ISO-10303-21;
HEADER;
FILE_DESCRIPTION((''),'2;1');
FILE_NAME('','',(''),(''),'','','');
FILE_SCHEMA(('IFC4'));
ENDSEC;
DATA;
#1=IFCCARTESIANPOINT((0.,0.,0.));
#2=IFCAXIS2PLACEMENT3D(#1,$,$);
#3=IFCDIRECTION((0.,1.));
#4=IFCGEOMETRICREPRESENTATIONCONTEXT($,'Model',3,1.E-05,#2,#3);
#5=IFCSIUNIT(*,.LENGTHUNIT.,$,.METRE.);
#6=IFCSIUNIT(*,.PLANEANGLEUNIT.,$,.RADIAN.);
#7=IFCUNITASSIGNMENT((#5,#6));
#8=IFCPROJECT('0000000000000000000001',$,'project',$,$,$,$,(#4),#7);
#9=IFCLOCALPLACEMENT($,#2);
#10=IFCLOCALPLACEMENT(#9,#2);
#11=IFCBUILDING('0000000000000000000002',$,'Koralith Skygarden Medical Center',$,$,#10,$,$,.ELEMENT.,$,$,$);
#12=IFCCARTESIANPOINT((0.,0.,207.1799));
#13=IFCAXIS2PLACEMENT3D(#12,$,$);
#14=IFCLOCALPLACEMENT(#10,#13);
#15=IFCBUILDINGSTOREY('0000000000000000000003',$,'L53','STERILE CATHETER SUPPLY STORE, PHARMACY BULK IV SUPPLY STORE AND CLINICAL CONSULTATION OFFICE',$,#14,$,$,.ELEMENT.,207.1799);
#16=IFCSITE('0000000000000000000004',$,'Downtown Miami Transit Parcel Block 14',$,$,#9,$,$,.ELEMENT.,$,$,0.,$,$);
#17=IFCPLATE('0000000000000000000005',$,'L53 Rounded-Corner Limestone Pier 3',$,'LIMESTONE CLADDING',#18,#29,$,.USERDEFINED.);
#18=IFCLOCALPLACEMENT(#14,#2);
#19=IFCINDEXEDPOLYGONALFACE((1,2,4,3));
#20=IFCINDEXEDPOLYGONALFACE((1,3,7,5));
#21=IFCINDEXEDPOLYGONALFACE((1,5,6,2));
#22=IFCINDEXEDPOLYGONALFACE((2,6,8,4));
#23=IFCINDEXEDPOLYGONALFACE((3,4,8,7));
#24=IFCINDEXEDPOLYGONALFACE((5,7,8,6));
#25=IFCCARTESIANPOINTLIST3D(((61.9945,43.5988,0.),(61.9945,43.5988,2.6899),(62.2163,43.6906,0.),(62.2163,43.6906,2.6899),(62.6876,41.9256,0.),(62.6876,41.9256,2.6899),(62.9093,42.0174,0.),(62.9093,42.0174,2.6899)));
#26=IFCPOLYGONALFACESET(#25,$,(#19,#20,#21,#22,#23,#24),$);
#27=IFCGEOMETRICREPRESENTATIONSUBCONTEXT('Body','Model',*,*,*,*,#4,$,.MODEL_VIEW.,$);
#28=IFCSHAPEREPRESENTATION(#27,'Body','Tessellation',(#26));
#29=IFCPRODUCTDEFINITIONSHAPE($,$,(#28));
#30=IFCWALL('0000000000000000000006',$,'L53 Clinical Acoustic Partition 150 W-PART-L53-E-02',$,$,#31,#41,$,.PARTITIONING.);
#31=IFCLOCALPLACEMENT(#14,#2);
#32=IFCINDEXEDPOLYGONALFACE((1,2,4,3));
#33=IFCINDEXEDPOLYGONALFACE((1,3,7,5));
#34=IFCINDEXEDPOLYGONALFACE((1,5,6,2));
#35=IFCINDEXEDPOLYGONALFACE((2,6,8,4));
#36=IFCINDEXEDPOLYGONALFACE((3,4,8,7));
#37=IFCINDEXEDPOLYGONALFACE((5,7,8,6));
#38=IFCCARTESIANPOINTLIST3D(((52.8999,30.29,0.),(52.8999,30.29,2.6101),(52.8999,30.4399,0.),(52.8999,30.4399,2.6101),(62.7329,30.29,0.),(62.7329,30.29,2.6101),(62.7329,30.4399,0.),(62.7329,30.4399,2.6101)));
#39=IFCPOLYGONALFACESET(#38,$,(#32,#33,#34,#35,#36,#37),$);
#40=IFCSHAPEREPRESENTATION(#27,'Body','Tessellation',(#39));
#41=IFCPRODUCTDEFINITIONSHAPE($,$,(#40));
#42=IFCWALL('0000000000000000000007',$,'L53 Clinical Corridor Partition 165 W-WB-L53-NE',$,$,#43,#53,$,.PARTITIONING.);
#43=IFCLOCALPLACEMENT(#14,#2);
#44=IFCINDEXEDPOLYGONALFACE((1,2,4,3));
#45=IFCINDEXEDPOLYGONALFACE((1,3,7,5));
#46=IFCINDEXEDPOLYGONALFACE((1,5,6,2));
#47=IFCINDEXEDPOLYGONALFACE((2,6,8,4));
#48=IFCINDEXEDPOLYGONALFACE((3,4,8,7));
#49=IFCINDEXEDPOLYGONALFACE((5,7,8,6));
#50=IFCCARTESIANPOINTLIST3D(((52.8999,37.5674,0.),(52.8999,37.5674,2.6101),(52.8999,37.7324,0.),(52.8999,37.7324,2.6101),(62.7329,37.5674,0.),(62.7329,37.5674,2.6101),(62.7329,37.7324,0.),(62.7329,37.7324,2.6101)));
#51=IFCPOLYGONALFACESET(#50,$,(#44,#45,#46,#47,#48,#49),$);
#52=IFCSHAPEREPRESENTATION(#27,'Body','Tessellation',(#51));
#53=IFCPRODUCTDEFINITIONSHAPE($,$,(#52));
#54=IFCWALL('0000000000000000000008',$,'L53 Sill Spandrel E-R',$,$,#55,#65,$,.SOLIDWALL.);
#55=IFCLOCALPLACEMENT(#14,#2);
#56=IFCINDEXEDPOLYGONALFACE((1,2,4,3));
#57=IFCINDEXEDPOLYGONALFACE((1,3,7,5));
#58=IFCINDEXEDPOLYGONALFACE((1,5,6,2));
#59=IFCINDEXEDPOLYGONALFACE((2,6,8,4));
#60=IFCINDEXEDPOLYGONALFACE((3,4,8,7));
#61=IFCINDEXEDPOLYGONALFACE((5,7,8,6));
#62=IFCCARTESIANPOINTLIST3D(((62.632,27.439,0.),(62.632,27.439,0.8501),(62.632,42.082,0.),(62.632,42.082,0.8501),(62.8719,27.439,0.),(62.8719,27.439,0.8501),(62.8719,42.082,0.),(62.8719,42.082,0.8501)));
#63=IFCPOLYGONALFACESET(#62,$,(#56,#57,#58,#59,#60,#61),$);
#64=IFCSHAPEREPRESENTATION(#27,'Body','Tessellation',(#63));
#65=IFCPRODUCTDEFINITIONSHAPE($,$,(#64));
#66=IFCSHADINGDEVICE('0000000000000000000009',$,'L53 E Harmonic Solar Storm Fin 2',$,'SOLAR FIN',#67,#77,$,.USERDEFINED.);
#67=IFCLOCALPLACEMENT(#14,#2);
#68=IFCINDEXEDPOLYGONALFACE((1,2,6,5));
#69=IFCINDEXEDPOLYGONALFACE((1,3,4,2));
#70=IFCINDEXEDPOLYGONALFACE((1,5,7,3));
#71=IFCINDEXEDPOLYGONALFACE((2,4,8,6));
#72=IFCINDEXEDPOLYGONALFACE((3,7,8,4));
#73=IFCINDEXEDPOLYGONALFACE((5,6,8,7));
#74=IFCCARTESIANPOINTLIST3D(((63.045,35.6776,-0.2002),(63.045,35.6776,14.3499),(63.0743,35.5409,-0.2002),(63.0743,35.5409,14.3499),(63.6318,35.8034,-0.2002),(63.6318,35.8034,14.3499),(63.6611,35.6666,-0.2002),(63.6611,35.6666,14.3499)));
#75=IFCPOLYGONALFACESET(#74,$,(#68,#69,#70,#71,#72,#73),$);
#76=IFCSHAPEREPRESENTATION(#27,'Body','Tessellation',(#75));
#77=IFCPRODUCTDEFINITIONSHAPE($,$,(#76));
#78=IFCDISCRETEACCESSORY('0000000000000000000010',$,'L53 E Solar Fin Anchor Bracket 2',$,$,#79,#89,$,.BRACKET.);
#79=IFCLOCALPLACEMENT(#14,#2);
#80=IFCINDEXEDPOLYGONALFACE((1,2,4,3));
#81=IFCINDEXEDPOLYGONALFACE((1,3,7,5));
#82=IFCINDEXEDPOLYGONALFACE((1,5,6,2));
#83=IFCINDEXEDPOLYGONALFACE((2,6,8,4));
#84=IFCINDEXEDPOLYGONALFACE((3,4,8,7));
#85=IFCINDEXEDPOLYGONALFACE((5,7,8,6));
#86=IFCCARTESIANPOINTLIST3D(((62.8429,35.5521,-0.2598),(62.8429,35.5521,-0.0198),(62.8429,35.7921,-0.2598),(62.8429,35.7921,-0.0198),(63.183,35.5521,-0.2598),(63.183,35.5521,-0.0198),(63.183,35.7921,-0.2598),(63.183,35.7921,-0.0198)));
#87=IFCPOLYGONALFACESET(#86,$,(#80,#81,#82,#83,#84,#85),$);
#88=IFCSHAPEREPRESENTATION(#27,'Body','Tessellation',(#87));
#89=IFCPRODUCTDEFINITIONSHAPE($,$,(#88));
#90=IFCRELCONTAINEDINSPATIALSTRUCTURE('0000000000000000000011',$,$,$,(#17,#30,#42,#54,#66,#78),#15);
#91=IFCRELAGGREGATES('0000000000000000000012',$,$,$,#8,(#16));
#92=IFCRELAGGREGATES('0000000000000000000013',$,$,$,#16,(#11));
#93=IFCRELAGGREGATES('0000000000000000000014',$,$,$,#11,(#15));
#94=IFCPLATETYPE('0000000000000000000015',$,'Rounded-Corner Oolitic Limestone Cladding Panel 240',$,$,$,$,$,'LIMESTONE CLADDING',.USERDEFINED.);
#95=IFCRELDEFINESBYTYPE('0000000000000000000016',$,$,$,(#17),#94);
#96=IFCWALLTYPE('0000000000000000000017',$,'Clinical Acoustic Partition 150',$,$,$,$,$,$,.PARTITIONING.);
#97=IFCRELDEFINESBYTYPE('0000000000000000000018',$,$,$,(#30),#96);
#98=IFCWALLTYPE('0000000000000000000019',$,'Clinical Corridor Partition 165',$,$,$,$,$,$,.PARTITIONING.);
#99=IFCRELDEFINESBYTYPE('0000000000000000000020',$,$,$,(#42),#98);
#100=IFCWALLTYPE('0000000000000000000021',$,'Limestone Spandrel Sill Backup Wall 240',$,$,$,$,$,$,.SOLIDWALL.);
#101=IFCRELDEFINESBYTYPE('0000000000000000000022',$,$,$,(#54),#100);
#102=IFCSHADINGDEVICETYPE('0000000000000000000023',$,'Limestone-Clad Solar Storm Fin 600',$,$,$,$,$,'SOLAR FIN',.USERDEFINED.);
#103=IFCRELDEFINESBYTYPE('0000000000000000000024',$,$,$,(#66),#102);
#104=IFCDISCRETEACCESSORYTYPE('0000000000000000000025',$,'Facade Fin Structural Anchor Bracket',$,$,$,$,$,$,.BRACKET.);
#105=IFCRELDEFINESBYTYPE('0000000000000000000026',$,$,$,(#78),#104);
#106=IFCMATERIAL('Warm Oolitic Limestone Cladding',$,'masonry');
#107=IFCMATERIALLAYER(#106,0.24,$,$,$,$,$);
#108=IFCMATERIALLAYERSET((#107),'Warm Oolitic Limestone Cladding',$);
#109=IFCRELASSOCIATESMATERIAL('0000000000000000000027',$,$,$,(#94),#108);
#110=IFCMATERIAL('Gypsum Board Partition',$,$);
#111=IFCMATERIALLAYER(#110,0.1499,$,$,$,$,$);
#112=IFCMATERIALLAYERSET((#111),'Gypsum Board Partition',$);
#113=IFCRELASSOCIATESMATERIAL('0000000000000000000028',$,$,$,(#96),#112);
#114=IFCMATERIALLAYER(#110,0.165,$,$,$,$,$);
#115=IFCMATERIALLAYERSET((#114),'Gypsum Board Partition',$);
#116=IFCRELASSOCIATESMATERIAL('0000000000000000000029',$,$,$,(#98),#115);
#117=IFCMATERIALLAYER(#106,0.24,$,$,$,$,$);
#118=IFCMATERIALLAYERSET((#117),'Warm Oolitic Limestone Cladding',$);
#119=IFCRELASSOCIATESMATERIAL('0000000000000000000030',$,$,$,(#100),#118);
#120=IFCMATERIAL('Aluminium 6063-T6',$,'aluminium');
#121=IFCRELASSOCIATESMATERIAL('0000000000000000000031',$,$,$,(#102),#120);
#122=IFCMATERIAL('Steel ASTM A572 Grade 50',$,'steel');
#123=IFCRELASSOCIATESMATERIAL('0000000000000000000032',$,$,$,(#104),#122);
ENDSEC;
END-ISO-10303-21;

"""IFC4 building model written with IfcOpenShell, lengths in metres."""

from ifc_helpers import new_model, si_unit, direction, frame, frame_2d, origin, origin_2d, place, context, subcontext, project, spatial, rectangle, extrude, material, layer, layer_set, type_object, element, save


model = new_model("IFC4")

# Units and contexts
model_context = context("Model", 3, precision=1e-05, world=origin(), true_north=direction((0.0, 1.0)))
body_context = subcontext(model_context, "Body", "Model", "MODEL_VIEW")
ifc_project = project(units=[si_unit("LENGTHUNIT", "METRE"), si_unit("PLANEANGLEUNIT", "RADIAN")], contexts=[model_context])

# Site, building, storey
site_placement = place(None, origin())
site = spatial("IfcSite", under=ifc_project, at=site_placement, Name="Downtown Miami Transit Parcel Block 14", CompositionType="ELEMENT", RefElevation=0.0)
building_placement = place(site_placement, origin())
building = spatial("IfcBuilding", under=site, at=building_placement, Name="Koralith Skygarden Medical Center", CompositionType="ELEMENT")
storey_placement = place(building_placement, frame((0.0, 0.0, 207.1799)))
storey = spatial("IfcBuildingStorey", under=building, at=storey_placement, Name="L53", Description="STERILE CATHETER SUPPLY STORE, PHARMACY BULK IV SUPPLY STORE AND CLINICAL CONSULTATION OFFICE", CompositionType="ELEMENT", Elevation=207.1799)

# Shared definitions
ifc_material_1 = material(Name="Aluminium 6063-T6", Category="aluminium")

# Plate
ifc_material_2 = material(Name="Warm Oolitic Limestone Cladding", Category="masonry")
ifc_layer_1 = layer(ifc_material_2, 0.24)
ifc_layer_set_1 = layer_set([ifc_layer_1], Name="Warm Oolitic Limestone Cladding")
plate_type_1 = type_object("IfcPlateType", Name="Rounded-Corner Oolitic Limestone Cladding Panel 240", ElementType="LIMESTONE CLADDING", PredefinedType="USERDEFINED", material=ifc_layer_set_1)
plate_1_placement = place(storey_placement, frame((62.4519, 42.8081, 0.0), z_axis=(0.0, 0.0, 1.0), x_axis=(-0.382671, 0.923885, 0.0)))
element("IfcPlate", 1, at=plate_1_placement, inside=storey, type_object=plate_type_1, Name="L53 Rounded-Corner Limestone Pier 3", ObjectType="LIMESTONE CLADDING", PredefinedType="USERDEFINED", context=body_context, shape_type="SweptSolid", body=[
    extrude(rectangle(XDim=1.811, YDim=0.24, at=origin_2d()), origin(), (0.0, 0.0, 1.0), 2.6899),
])

# Walls
ifc_material_3 = material(Name="Gypsum Board Partition")
ifc_layer_2 = layer(ifc_material_3, 0.1499)
ifc_layer_set_2 = layer_set([ifc_layer_2], Name="Gypsum Board Partition")
wall_type_1 = type_object("IfcWallType", Name="Clinical Acoustic Partition 150", PredefinedType="PARTITIONING", material=ifc_layer_set_2)
wall_1_placement = place(storey_placement, frame((52.8999, 30.365, 0.0), z_axis=(0.0, 0.0, 1.0), x_axis=(1.0, 0.0, 0.0)))
element("IfcWall", 2, at=wall_1_placement, inside=storey, type_object=wall_type_1, Name="L53 Clinical Acoustic Partition 150 W-PART-L53-E-02", PredefinedType="PARTITIONING", context=body_context, shape_type="SweptSolid", body=[
    extrude(rectangle(XDim=9.833, YDim=0.1499, at=frame_2d((4.9165, 0.0))), origin(), (0.0, 0.0, 1.0), 2.6101),
])
ifc_layer_3 = layer(ifc_material_3, 0.165)
ifc_layer_set_3 = layer_set([ifc_layer_3], Name="Gypsum Board Partition")
wall_type_2 = type_object("IfcWallType", Name="Clinical Corridor Partition 165", PredefinedType="PARTITIONING", material=ifc_layer_set_3)
wall_2_placement = place(storey_placement, frame((52.8999, 37.6499, 0.0), z_axis=(0.0, 0.0, 1.0), x_axis=(1.0, 0.0, 0.0)))
element("IfcWall", 3, at=wall_2_placement, inside=storey, type_object=wall_type_2, Name="L53 Clinical Corridor Partition 165 W-WB-L53-NE", PredefinedType="PARTITIONING", context=body_context, shape_type="SweptSolid", body=[
    extrude(rectangle(XDim=9.833, YDim=0.165, at=frame_2d((4.9165, 0.0))), origin(), (0.0, 0.0, 1.0), 2.6101),
])

# Wall
ifc_layer_4 = layer(ifc_material_2, 0.24)
ifc_layer_set_4 = layer_set([ifc_layer_4], Name="Warm Oolitic Limestone Cladding")
wall_type_3 = type_object("IfcWallType", Name="Limestone Spandrel Sill Backup Wall 240", PredefinedType="SOLIDWALL", material=ifc_layer_set_4)
wall_3_placement = place(storey_placement, frame((62.752, 27.439, 0.0), z_axis=(0.0, 0.0, 1.0), x_axis=(0.0, 1.0, 0.0)))
element("IfcWall", 4, at=wall_3_placement, inside=storey, type_object=wall_type_3, Name="L53 Sill Spandrel E-R", PredefinedType="SOLIDWALL", context=body_context, shape_type="SweptSolid", body=[
    extrude(rectangle(XDim=14.6431, YDim=0.24, at=frame_2d((7.3215, 0.0))), origin(), (0.0, 0.0, 1.0), 0.8501),
])

# Shading device
shading_device_type = type_object("IfcShadingDeviceType", Name="Limestone-Clad Solar Storm Fin 600", ElementType="SOLAR FIN", PredefinedType="USERDEFINED", material=ifc_material_1)
shading_device_placement = place(storey_placement, frame((63.353, 35.6721, -0.2002), z_axis=(0.0, 0.0, 1.0), x_axis=(0.977805, 0.209516, 0.0)))
element("IfcShadingDevice", 5, at=shading_device_placement, inside=storey, type_object=shading_device_type, Name="L53 E Harmonic Solar Storm Fin 2", ObjectType="SOLAR FIN", PredefinedType="USERDEFINED", context=body_context, shape_type="SweptSolid", body=[
    extrude(rectangle(XDim=0.6001, YDim=0.1399, at=origin_2d()), origin(), (0.0, 0.0, 1.0), 14.55),
])

# Discrete accessory
ifc_material_4 = material(Name="Steel ASTM A572 Grade 50", Category="steel")
discrete_accessory_type = type_object("IfcDiscreteAccessoryType", Name="Facade Fin Structural Anchor Bracket", PredefinedType="BRACKET", material=ifc_material_4)
discrete_accessory_placement = place(storey_placement, frame((63.0129, 35.6721, -0.2598), z_axis=(0.0, 0.0, 1.0), x_axis=(1.0, 0.0, 0.0)))
element("IfcDiscreteAccessory", 6, at=discrete_accessory_placement, inside=storey, type_object=discrete_accessory_type, Name="L53 E Solar Fin Anchor Bracket 2", PredefinedType="BRACKET", context=body_context, shape_type="SweptSolid", body=[
    extrude(rectangle(XDim=0.3401, YDim=0.24, at=origin_2d()), origin(), (0.0, 0.0, 1.0), 0.24),
])

save(model, "model.ifc")
